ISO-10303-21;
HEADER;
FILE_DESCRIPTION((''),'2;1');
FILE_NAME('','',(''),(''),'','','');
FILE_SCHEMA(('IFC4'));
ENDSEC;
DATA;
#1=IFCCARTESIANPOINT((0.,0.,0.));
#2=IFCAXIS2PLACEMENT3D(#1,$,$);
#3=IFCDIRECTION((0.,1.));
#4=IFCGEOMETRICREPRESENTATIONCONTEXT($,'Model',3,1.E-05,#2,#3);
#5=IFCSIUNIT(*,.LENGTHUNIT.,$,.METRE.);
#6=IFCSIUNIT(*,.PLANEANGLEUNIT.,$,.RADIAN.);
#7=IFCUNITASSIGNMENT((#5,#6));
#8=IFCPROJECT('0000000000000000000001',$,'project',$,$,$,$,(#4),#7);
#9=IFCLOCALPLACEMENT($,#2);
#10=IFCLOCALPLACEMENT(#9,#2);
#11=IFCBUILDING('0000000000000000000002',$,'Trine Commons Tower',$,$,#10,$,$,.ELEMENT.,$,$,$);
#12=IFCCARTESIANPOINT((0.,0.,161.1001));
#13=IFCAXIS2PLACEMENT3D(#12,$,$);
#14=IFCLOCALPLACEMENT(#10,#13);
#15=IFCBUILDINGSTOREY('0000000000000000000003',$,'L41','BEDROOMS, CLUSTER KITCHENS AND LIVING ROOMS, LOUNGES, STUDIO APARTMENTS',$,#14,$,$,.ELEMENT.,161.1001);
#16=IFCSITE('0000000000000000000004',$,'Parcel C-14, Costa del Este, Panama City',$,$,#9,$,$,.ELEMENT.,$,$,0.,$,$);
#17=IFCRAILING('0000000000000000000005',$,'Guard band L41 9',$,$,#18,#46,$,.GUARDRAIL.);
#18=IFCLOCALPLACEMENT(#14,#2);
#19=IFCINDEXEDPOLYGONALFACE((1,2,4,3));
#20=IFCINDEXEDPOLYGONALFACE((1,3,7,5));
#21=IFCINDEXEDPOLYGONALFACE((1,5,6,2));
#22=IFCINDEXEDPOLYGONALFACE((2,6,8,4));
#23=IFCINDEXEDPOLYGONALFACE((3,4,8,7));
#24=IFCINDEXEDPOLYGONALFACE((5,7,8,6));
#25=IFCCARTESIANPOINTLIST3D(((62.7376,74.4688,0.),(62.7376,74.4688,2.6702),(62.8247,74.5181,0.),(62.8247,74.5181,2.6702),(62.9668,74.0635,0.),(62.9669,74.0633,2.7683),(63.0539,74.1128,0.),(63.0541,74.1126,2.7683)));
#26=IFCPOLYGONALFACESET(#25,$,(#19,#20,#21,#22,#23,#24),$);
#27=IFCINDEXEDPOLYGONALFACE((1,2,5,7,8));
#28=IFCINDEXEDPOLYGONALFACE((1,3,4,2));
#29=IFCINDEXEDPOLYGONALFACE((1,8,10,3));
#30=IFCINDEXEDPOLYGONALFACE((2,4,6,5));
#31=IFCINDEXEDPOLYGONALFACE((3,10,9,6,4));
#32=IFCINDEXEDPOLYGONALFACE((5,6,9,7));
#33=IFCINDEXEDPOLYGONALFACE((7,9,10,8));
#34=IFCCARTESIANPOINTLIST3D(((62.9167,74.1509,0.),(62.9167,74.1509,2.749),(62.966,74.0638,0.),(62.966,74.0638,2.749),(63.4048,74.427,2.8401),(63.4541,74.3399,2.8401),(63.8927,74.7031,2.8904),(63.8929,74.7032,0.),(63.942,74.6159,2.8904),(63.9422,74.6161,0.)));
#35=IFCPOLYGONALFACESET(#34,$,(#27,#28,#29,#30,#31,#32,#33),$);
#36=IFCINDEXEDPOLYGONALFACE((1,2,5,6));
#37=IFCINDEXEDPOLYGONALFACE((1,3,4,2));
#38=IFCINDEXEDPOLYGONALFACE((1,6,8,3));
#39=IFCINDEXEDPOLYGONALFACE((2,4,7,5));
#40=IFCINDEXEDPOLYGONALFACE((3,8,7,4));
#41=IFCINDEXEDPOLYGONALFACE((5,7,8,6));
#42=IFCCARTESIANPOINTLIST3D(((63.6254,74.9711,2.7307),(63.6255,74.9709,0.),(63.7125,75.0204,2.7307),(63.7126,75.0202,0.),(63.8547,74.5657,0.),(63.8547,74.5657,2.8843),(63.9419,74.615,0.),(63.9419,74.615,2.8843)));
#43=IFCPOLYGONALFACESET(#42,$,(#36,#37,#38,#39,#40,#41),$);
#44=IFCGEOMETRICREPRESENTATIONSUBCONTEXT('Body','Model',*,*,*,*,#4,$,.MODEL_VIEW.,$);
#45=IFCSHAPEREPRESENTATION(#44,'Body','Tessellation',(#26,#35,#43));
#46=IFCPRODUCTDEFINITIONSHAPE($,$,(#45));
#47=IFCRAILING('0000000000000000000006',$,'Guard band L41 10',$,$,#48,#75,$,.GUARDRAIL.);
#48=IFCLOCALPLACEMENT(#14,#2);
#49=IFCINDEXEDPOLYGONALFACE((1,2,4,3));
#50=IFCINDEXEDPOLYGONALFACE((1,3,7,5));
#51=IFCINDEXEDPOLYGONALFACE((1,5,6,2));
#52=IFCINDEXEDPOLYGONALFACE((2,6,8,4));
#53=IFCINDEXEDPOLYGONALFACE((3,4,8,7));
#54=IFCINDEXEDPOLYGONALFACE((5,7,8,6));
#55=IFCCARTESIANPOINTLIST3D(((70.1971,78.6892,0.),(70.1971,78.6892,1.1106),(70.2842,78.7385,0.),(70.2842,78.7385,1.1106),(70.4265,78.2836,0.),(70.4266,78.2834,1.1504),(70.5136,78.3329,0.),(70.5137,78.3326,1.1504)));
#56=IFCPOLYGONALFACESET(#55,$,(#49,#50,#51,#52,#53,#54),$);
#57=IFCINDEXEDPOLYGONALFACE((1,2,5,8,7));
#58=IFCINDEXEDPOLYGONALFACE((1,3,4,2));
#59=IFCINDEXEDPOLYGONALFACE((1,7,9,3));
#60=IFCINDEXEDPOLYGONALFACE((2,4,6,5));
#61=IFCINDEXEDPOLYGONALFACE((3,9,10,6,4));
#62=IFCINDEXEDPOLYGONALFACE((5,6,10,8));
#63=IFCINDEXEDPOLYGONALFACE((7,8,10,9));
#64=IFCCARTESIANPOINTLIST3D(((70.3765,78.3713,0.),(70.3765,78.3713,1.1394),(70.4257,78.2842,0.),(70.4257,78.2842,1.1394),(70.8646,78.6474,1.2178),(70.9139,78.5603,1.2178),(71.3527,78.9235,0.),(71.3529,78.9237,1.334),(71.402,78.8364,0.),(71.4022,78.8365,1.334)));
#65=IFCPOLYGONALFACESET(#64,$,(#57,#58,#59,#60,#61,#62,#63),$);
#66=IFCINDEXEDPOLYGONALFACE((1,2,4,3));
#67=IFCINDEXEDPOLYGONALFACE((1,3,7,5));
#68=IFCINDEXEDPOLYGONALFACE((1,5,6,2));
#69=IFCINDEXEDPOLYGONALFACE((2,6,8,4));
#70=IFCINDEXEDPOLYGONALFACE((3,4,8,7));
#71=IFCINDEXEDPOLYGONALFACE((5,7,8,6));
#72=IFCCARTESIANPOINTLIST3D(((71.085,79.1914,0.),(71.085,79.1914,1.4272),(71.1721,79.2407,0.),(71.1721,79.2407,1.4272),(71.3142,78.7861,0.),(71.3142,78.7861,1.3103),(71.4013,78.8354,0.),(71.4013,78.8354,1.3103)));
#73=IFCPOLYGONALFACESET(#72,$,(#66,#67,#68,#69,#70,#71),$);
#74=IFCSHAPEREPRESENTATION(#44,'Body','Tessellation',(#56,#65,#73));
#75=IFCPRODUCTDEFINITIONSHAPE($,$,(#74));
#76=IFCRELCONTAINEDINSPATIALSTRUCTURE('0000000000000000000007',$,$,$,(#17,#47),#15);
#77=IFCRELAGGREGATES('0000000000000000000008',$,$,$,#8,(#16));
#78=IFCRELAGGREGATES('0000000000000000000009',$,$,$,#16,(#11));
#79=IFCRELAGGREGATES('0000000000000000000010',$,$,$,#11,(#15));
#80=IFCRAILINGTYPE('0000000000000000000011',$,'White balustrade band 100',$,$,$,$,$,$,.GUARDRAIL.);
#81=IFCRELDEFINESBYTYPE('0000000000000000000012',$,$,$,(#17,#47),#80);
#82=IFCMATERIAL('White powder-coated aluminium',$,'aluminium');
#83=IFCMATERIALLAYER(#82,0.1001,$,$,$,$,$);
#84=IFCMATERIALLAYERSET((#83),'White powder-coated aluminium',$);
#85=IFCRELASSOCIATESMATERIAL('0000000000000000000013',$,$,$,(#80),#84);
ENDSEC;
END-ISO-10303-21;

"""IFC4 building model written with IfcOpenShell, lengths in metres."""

from ifc_helpers import new_model, si_unit, direction, frame, origin, place, context, subcontext, project, spatial, polyline, outline, extrude, material, layer, layer_set, type_object, element, save


model = new_model("IFC4")

# Units and contexts
model_context = context("Model", 3, precision=1e-05, world=origin(), true_north=direction((0.0, 1.0)))
body_context = subcontext(model_context, "Body", "Model", "MODEL_VIEW")
ifc_project = project(units=[si_unit("LENGTHUNIT", "METRE"), si_unit("PLANEANGLEUNIT", "RADIAN")], contexts=[model_context])

# Site, building, storey
site_placement = place(None, origin())
site = spatial("IfcSite", under=ifc_project, at=site_placement, Name="Parcel C-14, Costa del Este, Panama City", CompositionType="ELEMENT", RefElevation=0.0)
building_placement = place(site_placement, origin())
building = spatial("IfcBuilding", under=site, at=building_placement, Name="Trine Commons Tower", CompositionType="ELEMENT")
storey_placement = place(building_placement, frame((0.0, 0.0, 161.1001)))
storey = spatial("IfcBuildingStorey", under=building, at=storey_placement, Name="L41", Description="BEDROOMS, CLUSTER KITCHENS AND LIVING ROOMS, LOUNGES, STUDIO APARTMENTS", CompositionType="ELEMENT", Elevation=161.1001)

# Railings
ifc_material_1 = material(Name="White powder-coated aluminium", Category="aluminium")
ifc_layer_1 = layer(ifc_material_1, 0.1001)
ifc_layer_set_1 = layer_set([ifc_layer_1], Name="White powder-coated aluminium")
railing_type = type_object("IfcRailingType", Name="White balustrade band 100", PredefinedType="GUARDRAIL", material=ifc_layer_set_1)
railing_1_placement = place(storey_placement, origin())
element("IfcRailing", 1, at=railing_1_placement, inside=storey, type_object=railing_type, Name="Guard band L41 9", PredefinedType="GUARDRAIL", context=body_context, shape_type="SweptSolid", body=[
    extrude(outline(polyline([(0.0, 0.0), (0.4656, 0.0), (0.4658, 2.7683), (0.0, 2.6702), (0.0, 0.0)])), frame((62.8247, 74.5181, 0.0), z_axis=(-0.870397, -0.492351, 0.0), x_axis=(0.492351, -0.870397, 0.0)), (0.0, 0.0, 1.0), 0.1001),
    extrude(outline(polyline([(0.0, 0.0), (1.1216, 0.0), (1.1213, 2.8904), (0.5608, 2.8401), (0.0, 2.749), (0.0, 0.0)])), frame((62.9167, 74.1509, 0.0), z_axis=(0.49243, -0.870352, 0.0), x_axis=(0.870352, 0.49243, 0.0)), (0.0, 0.0, 1.0), 0.1001),
    extrude(outline(polyline([(0.0, 0.0), (0.4656, 0.0), (0.4658, 2.7307), (0.0, 2.8843), (0.0, 0.0)])), frame((63.8547, 74.5657, 0.0), z_axis=(0.870397, 0.492351, 0.0), x_axis=(-0.492351, 0.870397, 0.0)), (0.0, 0.0, 1.0), 0.1001),
])
railing_2_placement = place(storey_placement, origin())
element("IfcRailing", 2, at=railing_2_placement, inside=storey, type_object=railing_type, Name="Guard band L41 10", PredefinedType="GUARDRAIL", context=body_context, shape_type="SweptSolid", body=[
    extrude(outline(polyline([(0.0, 0.0), (0.4661, 0.0), (0.4663, 1.1504), (0.0, 1.1106), (0.0, 0.0)])), frame((70.2842, 78.7385, 0.0), z_axis=(-0.870426, -0.492299, 0.0), x_axis=(0.492299, -0.870426, 0.0)), (0.0, 0.0, 1.0), 0.1001),
    extrude(outline(polyline([(0.0, 0.0), (1.1216, 0.0), (1.1218, 1.334), (0.5608, 1.2178), (0.0, 1.1394), (0.0, 0.0)])), frame((70.3765, 78.3713, 0.0), z_axis=(0.492337, -0.870405, 0.0), x_axis=(0.870405, 0.492337, 0.0)), (0.0, 0.0, 1.0), 0.1001),
    extrude(outline(polyline([(0.0, 0.0), (0.4656, 0.0), (0.4656, 1.4272), (0.0, 1.3103), (0.0, 0.0)])), frame((71.3142, 78.7861, 0.0), z_axis=(0.870397, 0.492351, 0.0), x_axis=(-0.492351, 0.870397, 0.0)), (0.0, 0.0, 1.0), 0.1001),
])

save(model, "model.ifc")
